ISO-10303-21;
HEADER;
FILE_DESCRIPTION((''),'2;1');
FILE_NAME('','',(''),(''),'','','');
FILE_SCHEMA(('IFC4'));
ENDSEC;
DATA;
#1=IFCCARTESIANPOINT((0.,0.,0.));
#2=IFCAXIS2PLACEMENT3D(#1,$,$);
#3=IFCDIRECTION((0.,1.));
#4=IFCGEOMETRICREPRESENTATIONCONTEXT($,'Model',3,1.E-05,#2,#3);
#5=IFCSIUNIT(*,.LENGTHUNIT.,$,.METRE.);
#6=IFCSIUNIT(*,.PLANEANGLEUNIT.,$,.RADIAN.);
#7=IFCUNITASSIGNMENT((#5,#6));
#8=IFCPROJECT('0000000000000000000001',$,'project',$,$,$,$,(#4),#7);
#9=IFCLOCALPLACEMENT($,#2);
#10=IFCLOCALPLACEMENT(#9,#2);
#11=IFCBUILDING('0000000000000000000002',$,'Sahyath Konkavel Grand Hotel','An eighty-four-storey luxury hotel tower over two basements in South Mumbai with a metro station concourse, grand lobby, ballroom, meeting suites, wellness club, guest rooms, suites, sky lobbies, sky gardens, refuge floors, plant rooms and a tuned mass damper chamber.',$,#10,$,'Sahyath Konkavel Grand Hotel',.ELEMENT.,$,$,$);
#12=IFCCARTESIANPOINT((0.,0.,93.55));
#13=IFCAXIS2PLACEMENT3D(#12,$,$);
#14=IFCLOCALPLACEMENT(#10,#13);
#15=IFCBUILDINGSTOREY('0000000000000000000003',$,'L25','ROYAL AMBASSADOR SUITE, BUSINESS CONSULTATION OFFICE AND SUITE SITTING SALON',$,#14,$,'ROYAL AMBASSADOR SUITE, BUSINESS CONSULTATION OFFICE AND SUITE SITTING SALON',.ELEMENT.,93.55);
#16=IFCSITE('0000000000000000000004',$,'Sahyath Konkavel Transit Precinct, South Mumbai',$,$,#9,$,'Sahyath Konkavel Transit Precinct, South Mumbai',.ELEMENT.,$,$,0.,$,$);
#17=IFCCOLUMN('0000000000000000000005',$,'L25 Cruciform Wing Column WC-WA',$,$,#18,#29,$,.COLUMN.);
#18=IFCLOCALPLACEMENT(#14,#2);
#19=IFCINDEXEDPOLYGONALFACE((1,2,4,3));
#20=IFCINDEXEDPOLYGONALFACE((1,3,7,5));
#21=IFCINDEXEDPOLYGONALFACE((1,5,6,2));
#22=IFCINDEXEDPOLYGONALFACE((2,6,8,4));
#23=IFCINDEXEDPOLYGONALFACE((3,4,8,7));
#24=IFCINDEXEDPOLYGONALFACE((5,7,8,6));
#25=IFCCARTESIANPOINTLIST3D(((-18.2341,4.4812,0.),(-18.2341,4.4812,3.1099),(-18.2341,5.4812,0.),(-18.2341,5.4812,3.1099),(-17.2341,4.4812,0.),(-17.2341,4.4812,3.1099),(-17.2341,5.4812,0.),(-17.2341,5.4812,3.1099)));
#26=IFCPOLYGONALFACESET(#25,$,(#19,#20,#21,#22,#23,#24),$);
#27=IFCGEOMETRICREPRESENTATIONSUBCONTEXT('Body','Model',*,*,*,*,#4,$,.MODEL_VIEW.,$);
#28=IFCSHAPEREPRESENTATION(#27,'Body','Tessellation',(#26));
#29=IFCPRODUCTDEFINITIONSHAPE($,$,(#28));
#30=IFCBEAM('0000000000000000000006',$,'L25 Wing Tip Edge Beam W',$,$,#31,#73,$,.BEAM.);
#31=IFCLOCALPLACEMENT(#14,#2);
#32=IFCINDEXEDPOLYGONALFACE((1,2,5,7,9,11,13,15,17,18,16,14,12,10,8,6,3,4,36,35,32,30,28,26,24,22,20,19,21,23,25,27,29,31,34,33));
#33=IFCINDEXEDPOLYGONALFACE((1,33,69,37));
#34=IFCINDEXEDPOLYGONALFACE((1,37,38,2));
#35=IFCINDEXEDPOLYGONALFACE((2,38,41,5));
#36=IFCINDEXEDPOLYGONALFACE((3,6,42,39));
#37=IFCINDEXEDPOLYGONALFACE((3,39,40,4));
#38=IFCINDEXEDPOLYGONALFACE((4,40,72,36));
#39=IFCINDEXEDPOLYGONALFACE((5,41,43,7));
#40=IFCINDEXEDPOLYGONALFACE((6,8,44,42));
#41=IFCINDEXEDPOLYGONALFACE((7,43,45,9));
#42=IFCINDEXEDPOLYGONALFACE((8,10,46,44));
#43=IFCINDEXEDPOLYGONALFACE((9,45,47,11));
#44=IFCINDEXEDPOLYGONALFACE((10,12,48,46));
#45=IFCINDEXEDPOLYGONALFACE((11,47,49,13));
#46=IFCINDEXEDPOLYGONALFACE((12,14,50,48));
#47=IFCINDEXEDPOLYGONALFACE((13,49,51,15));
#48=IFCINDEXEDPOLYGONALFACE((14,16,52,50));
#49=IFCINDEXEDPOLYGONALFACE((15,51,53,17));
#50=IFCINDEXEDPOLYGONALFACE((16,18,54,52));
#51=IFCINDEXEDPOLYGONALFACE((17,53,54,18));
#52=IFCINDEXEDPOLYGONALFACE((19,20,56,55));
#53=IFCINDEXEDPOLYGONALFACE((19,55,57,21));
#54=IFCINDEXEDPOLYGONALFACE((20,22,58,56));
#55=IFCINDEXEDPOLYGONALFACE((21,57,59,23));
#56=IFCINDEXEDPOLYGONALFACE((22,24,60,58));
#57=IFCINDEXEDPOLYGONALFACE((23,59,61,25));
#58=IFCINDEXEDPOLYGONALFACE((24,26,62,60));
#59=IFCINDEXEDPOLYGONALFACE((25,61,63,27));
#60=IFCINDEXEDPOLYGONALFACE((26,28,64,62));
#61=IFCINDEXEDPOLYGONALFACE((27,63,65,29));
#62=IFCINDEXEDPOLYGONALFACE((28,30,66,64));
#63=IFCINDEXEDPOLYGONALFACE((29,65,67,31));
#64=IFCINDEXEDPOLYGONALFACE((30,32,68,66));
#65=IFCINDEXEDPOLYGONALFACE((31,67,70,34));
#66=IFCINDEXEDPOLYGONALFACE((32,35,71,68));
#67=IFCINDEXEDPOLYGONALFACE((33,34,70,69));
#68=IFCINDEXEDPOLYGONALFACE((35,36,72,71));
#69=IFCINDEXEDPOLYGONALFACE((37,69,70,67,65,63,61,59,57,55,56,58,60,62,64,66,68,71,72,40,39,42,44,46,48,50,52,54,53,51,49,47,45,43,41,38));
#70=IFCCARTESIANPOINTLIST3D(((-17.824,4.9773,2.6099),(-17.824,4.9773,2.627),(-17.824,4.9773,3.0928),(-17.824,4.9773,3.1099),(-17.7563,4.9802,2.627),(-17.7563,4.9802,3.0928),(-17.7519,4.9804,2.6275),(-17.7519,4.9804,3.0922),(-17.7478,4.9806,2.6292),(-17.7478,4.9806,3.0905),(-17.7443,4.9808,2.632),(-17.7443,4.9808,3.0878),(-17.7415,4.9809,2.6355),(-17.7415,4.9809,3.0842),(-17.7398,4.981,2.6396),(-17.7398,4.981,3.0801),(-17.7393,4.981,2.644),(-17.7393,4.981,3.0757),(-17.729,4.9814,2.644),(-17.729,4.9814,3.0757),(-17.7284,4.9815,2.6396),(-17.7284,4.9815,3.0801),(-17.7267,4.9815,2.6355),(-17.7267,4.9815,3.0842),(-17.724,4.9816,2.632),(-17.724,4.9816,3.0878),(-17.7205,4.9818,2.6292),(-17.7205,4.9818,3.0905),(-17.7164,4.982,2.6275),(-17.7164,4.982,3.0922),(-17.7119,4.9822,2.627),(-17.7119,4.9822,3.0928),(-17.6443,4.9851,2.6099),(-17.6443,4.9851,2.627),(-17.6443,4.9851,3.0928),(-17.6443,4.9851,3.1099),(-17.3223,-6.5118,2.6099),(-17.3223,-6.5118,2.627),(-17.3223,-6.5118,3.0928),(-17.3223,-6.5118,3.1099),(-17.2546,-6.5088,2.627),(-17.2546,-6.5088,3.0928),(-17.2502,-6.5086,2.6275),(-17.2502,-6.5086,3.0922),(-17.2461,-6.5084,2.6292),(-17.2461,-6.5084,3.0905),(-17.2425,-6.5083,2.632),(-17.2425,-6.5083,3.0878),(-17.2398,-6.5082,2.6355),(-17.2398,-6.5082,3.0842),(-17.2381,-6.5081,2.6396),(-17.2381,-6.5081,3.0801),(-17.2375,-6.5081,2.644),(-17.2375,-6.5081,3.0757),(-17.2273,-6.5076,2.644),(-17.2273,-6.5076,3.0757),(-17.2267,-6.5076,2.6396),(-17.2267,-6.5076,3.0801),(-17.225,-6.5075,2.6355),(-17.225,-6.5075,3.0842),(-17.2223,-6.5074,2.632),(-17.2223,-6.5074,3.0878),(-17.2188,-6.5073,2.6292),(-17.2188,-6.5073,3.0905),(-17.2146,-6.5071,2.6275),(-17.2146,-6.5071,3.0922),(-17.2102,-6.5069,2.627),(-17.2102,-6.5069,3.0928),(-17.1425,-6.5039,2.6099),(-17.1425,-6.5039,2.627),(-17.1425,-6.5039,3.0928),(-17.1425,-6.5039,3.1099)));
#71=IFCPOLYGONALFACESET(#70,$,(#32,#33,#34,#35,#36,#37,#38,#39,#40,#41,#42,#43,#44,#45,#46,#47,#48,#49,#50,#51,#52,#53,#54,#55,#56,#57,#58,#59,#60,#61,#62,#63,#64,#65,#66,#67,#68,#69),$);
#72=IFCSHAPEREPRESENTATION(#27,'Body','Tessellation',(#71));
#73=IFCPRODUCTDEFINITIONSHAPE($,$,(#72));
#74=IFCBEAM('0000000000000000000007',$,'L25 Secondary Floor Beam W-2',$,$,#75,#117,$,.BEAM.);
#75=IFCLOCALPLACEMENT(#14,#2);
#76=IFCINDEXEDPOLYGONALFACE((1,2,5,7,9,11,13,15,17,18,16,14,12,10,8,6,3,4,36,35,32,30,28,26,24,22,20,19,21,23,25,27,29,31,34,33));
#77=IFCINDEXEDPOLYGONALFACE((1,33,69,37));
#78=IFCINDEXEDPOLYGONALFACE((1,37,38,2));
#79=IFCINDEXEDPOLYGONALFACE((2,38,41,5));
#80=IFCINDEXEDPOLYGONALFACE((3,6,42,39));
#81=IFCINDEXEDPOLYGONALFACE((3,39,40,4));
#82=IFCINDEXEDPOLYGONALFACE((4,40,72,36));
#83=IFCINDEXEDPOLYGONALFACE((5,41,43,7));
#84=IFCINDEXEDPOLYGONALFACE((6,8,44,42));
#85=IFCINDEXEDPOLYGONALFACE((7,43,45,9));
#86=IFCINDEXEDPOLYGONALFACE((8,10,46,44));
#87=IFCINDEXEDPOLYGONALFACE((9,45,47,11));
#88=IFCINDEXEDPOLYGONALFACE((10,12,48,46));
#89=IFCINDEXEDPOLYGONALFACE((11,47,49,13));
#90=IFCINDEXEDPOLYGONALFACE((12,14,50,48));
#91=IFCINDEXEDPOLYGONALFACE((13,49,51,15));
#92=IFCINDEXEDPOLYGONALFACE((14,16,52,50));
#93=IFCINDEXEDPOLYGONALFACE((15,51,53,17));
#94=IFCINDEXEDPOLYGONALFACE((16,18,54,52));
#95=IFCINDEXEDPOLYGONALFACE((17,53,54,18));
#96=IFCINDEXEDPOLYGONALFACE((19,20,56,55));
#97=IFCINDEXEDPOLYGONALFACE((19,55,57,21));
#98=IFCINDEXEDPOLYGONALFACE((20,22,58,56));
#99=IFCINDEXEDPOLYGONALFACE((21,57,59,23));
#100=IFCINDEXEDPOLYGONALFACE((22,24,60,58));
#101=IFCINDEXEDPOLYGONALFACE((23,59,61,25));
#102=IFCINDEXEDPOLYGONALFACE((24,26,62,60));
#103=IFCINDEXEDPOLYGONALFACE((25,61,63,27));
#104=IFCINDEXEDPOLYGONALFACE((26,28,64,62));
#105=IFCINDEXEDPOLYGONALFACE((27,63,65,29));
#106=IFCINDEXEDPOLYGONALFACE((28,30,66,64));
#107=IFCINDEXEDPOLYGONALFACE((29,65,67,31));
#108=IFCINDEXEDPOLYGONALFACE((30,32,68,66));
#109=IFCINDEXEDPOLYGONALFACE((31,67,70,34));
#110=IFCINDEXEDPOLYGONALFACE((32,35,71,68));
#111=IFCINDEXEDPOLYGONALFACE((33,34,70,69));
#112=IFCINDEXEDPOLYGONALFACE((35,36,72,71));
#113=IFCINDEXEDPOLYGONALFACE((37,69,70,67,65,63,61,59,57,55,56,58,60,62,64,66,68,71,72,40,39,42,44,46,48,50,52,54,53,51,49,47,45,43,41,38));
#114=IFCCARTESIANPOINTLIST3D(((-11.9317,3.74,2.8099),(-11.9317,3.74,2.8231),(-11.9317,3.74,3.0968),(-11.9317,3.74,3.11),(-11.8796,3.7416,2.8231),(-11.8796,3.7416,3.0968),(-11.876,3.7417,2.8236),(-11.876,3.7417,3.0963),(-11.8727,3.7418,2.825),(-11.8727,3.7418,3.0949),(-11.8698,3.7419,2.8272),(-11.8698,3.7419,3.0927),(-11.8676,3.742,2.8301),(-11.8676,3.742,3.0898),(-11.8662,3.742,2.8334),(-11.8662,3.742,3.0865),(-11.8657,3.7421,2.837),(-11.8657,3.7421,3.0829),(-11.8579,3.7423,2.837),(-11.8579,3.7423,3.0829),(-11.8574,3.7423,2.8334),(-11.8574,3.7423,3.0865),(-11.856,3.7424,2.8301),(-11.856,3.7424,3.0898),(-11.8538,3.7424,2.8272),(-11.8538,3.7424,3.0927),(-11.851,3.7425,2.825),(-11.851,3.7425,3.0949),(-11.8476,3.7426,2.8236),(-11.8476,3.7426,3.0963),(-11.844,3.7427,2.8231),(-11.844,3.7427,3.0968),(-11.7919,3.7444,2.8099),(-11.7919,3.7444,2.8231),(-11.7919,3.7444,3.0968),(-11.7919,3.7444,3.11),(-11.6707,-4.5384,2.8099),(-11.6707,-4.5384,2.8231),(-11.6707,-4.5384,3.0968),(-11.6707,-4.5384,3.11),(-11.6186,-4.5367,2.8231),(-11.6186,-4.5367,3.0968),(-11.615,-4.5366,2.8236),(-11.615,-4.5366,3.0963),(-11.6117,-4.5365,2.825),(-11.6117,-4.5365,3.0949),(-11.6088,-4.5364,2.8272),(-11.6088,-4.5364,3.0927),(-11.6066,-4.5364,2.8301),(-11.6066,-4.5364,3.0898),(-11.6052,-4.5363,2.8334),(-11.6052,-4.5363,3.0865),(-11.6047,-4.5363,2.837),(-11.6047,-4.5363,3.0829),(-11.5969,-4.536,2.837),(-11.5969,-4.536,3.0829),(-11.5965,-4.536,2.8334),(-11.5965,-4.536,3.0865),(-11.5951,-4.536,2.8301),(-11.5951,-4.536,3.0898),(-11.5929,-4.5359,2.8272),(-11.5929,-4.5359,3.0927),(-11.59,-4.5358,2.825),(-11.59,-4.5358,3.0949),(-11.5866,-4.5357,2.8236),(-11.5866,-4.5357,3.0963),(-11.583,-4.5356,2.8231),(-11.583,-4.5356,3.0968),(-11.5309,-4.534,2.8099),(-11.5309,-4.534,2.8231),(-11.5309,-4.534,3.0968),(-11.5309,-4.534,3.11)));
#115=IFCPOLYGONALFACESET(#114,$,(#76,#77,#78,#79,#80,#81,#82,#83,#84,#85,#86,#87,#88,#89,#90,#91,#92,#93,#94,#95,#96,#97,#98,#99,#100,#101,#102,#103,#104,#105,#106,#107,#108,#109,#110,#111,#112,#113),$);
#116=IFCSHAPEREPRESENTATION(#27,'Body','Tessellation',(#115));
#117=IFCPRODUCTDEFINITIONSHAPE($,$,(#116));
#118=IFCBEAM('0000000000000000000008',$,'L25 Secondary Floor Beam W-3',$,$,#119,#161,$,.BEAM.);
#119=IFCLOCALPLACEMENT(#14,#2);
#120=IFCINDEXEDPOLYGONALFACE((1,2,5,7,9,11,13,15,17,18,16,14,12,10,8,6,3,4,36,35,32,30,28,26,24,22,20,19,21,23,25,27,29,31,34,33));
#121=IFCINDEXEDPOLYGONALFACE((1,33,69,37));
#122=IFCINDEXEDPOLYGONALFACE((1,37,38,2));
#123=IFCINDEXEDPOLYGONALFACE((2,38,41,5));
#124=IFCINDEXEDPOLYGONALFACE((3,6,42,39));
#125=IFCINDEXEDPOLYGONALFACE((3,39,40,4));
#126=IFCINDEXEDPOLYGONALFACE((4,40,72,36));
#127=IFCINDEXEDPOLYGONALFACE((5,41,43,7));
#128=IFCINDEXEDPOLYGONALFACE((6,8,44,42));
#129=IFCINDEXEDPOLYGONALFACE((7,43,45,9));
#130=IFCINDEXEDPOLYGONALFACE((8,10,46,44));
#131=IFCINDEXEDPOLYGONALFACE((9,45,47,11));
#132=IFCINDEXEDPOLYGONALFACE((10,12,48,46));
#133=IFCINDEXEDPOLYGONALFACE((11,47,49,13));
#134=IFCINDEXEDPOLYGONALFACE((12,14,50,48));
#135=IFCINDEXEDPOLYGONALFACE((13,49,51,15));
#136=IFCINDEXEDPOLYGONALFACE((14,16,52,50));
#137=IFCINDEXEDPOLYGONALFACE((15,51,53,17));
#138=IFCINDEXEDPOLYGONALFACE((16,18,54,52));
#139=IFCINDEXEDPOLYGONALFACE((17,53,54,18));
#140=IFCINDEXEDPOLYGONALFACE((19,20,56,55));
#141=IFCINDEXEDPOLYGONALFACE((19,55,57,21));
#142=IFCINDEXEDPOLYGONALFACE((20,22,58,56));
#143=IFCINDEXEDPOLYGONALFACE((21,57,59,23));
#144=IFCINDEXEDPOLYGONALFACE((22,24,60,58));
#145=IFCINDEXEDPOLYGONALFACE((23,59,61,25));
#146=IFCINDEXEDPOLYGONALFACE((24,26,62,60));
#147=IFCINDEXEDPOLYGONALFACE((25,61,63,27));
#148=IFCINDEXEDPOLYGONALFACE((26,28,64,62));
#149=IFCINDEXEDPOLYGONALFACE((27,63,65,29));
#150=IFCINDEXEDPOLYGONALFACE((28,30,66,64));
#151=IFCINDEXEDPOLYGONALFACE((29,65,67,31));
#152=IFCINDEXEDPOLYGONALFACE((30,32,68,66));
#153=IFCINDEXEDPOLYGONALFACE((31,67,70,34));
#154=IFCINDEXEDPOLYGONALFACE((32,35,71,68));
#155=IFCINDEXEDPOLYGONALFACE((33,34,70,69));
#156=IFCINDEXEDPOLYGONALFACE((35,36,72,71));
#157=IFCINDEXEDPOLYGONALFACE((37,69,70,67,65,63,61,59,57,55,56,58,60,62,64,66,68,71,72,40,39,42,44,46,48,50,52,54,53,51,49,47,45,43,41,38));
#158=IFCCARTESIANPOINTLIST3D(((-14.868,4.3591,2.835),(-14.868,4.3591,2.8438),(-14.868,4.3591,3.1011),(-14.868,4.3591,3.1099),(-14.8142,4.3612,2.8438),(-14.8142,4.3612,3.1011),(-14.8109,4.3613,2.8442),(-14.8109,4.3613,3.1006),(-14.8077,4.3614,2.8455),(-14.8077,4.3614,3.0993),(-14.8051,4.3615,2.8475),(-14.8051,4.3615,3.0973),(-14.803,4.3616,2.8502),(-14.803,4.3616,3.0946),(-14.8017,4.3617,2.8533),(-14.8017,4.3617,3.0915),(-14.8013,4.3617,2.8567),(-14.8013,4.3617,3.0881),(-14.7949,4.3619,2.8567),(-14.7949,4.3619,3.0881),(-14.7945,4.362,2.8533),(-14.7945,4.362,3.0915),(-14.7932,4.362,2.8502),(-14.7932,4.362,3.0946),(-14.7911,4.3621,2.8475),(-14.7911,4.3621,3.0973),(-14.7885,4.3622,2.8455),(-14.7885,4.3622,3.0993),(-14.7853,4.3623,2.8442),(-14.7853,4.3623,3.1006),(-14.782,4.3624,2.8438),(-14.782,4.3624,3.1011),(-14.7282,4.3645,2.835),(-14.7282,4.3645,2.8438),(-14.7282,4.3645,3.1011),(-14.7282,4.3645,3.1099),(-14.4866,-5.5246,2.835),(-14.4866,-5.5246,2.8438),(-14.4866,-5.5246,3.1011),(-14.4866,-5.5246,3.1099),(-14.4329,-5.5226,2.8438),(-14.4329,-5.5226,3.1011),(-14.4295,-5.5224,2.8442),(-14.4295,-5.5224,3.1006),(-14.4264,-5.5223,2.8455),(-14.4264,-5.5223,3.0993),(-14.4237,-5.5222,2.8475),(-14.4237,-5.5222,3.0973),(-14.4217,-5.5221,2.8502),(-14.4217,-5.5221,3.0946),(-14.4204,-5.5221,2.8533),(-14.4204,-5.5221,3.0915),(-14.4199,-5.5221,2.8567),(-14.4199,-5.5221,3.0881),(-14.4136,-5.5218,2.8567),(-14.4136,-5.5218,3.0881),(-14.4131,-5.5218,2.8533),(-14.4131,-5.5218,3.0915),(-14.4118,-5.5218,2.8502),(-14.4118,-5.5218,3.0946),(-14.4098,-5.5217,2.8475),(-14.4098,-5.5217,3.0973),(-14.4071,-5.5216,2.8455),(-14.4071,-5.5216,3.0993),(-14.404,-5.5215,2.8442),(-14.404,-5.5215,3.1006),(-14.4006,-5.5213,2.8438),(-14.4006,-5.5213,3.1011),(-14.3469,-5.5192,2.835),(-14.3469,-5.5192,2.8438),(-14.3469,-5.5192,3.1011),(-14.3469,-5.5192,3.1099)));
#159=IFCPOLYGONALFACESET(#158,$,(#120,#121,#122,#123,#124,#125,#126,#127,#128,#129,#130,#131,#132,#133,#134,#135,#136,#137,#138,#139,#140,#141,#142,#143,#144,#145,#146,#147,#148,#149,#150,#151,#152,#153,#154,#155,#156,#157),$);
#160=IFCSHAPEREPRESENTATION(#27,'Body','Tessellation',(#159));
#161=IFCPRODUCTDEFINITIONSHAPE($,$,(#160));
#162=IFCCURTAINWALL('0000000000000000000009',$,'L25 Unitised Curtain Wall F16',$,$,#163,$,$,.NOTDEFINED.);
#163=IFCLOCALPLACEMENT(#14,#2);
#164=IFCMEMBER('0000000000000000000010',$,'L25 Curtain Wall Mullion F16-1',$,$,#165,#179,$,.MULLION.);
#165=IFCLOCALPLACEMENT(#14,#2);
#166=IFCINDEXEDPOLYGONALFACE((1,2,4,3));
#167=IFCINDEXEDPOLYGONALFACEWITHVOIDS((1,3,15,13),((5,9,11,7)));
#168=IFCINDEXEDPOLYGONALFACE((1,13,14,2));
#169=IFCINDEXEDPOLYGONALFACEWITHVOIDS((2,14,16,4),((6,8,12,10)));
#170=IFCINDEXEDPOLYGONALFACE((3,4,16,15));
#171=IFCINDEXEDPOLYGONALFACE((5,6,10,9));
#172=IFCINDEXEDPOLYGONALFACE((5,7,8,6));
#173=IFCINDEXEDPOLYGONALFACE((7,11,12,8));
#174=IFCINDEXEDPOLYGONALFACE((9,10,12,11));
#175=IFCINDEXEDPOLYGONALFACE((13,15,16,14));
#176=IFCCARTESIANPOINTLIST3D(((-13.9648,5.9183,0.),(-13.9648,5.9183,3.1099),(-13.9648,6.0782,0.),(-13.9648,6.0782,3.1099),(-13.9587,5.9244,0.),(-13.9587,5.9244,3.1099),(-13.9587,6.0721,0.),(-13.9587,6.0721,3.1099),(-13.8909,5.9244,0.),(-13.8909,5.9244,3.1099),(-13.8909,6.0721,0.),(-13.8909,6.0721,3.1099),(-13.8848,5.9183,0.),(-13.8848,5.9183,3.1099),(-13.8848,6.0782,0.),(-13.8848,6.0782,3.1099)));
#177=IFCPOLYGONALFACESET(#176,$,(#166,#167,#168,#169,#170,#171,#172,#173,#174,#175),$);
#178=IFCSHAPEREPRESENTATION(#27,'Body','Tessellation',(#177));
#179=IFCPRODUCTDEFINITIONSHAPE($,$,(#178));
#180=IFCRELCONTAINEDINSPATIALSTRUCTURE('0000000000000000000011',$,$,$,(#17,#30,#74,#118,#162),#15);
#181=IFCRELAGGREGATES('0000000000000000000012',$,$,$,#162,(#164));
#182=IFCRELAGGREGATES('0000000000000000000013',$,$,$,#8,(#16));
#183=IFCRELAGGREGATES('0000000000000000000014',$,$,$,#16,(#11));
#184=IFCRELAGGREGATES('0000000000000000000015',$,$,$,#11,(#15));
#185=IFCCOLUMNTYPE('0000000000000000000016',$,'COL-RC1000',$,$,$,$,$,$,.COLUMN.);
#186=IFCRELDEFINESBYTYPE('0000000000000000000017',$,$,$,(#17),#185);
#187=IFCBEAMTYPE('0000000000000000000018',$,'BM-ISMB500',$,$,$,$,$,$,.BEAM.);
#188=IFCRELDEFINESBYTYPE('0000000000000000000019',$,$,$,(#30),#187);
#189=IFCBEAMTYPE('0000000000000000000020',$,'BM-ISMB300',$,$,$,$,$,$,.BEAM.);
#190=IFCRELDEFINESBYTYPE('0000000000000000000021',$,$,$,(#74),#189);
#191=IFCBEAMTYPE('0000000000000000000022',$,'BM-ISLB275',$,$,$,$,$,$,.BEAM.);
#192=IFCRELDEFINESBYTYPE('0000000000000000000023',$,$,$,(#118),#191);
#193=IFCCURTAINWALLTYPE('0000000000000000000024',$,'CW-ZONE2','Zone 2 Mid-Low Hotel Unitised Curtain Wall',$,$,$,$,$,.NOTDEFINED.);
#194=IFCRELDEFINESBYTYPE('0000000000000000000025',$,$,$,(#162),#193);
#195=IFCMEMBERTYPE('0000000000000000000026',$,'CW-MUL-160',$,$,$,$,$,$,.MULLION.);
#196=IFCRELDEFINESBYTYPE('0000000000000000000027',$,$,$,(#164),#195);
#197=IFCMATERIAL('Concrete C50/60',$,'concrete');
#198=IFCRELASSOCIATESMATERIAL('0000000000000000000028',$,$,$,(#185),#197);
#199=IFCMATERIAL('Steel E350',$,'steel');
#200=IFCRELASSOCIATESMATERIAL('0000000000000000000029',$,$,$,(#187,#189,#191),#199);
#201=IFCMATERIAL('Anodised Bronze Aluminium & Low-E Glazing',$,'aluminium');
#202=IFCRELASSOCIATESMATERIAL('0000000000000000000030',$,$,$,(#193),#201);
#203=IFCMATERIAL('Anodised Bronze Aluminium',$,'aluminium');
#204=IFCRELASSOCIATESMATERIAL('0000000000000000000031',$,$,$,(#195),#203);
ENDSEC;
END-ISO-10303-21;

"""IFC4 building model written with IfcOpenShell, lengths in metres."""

from ifc_helpers import new_model, si_unit, direction, frame, origin, origin_2d, place, context, subcontext, project, spatial, rectangle, hollow_rectangle, i_section, extrude, source, transform, mapped, material, material_profile, profile_set, type_object, element, aggregate, save


model = new_model("IFC4")

# Units and contexts
model_context = context("Model", 3, precision=1e-05, world=origin(), true_north=direction((0.0, 1.0)))
body_context = subcontext(model_context, "Body", "Model", "MODEL_VIEW")
ifc_project = project(units=[si_unit("LENGTHUNIT", "METRE"), si_unit("PLANEANGLEUNIT", "RADIAN")], contexts=[model_context])

# Site, building, storey
site_placement = place(None, origin())
site = spatial("IfcSite", under=ifc_project, at=site_placement, Name="Sahyath Konkavel Transit Precinct, South Mumbai", LongName="Sahyath Konkavel Transit Precinct, South Mumbai", CompositionType="ELEMENT", RefElevation=0.0)
building_placement = place(site_placement, origin())
building = spatial("IfcBuilding", under=site, at=building_placement, Name="Sahyath Konkavel Grand Hotel", Description="An eighty-four-storey luxury hotel tower over two basements in South Mumbai with a metro station concourse, grand lobby, ballroom, meeting suites, wellness club, guest rooms, suites, sky lobbies, sky gardens, refuge floors, plant rooms and a tuned mass damper chamber.", LongName="Sahyath Konkavel Grand Hotel", CompositionType="ELEMENT")
storey_placement = place(building_placement, frame((0.0, 0.0, 93.55)))
storey = spatial("IfcBuildingStorey", under=building, at=storey_placement, Name="L25", Description="ROYAL AMBASSADOR SUITE, BUSINESS CONSULTATION OFFICE AND SUITE SITTING SALON", LongName="ROYAL AMBASSADOR SUITE, BUSINESS CONSULTATION OFFICE AND SUITE SITTING SALON", CompositionType="ELEMENT", Elevation=93.55)

# Column
ifc_material_1 = material(Name="Concrete C50/60", Category="concrete")
ifc_material_profile_1 = material_profile(ifc_material_1, rectangle(XDim=1.0, YDim=1.0, at=origin_2d()), Name="RC 1000x1000")
ifc_profile_set_1 = profile_set([ifc_material_profile_1], Name="Concrete C50/60")
column_type = type_object("IfcColumnType", Name="COL-RC1000", PredefinedType="COLUMN", material=ifc_profile_set_1)
shared_shape_1 = source(origin(), body_context, "Body", "SweptSolid", [
    extrude(rectangle(XDim=1.0, YDim=1.0, at=origin_2d()), origin(), (0.0, 0.0, 1.0), 3.1099),
])
column_placement = place(storey_placement, frame((-17.7341, 4.9812, 0.0), z_axis=(0.0, 0.0, 1.0), x_axis=(1.0, 0.0, 0.0)))
element("IfcColumn", 1, at=column_placement, inside=storey, type_object=column_type, Name="L25 Cruciform Wing Column WC-WA", PredefinedType="COLUMN", context=body_context, shape_type="MappedRepresentation", body=[
    mapped(shared_shape_1, transform((0.0, 0.0, 0.0), scale=1.0)),
])

# Beams
ifc_material_2 = material(Name="Steel E350", Category="steel")
ifc_material_profile_2 = material_profile(ifc_material_2, i_section(OverallWidth=0.1799, OverallDepth=0.5, WebThickness=0.0103, FlangeThickness=0.0171, FilletRadius=0.0171, at=origin_2d()), Name="ISMB 500")
ifc_profile_set_2 = profile_set([ifc_material_profile_2], Name="Steel E350")
beam_type_1 = type_object("IfcBeamType", Name="BM-ISMB500", PredefinedType="BEAM", material=ifc_profile_set_2)
shared_shape_2 = source(origin(), body_context, "Body", "SweptSolid", [
    extrude(i_section(OverallWidth=0.1799, OverallDepth=0.5, WebThickness=0.0103, FlangeThickness=0.0171, FilletRadius=0.0171, at=origin_2d()), origin(), (0.0, 0.0, 1.0), 11.5),
])
beam_1_placement = place(storey_placement, frame((-17.7341, 4.9812, 2.8599), z_axis=(0.043627, -0.999048, 0.0), x_axis=(0.999048, 0.043627, 0.0)))
element("IfcBeam", 2, at=beam_1_placement, inside=storey, type_object=beam_type_1, Name="L25 Wing Tip Edge Beam W", PredefinedType="BEAM", context=body_context, shape_type="MappedRepresentation", body=[
    mapped(shared_shape_2, transform((0.0, 0.0, 0.0), scale=1.0)),
])
ifc_material_profile_3 = material_profile(ifc_material_2, i_section(OverallWidth=0.1399, OverallDepth=0.3, WebThickness=0.0078, FlangeThickness=0.0132, FilletRadius=0.0139, at=origin_2d()), Name="ISMB 300")
ifc_profile_set_3 = profile_set([ifc_material_profile_3], Name="Steel E350")
beam_type_2 = type_object("IfcBeamType", Name="BM-ISMB300", PredefinedType="BEAM", material=ifc_profile_set_3)
shared_shape_3 = source(origin(), body_context, "Body", "SweptSolid", [
    extrude(i_section(OverallWidth=0.1399, OverallDepth=0.3, WebThickness=0.0078, FlangeThickness=0.0132, FilletRadius=0.0139, at=origin_2d()), origin(), (0.0, 0.0, 1.0), 8.2825),
])
beam_2_placement = place(storey_placement, frame((-11.8618, 3.7422, 2.96), z_axis=(0.031511, -0.999503, 0.0), x_axis=(0.999503, 0.031511, 0.0)))
element("IfcBeam", 3, at=beam_2_placement, inside=storey, type_object=beam_type_2, Name="L25 Secondary Floor Beam W-2", PredefinedType="BEAM", context=body_context, shape_type="MappedRepresentation", body=[
    mapped(shared_shape_3, transform((0.0, 0.0, 0.0), scale=1.0)),
])
ifc_material_profile_4 = material_profile(ifc_material_2, i_section(OverallWidth=0.1399, OverallDepth=0.2749, WebThickness=0.0063, FlangeThickness=0.0088, FilletRadius=0.0129, at=origin_2d()), Name="ISLB 275")
ifc_profile_set_4 = profile_set([ifc_material_profile_4], Name="Steel E350")
beam_type_3 = type_object("IfcBeamType", Name="BM-ISLB275", PredefinedType="BEAM", material=ifc_profile_set_4)
shared_shape_4 = source(origin(), body_context, "Body", "SweptSolid", [
    extrude(i_section(OverallWidth=0.1399, OverallDepth=0.2749, WebThickness=0.0063, FlangeThickness=0.0088, FilletRadius=0.0129, at=origin_2d()), origin(), (0.0, 0.0, 1.0), 9.8911),
])
beam_3_placement = place(storey_placement, frame((-14.7981, 4.3618, 2.9724), z_axis=(0.038554, -0.999257, 0.0), x_axis=(0.999257, 0.038554, 0.0)))
element("IfcBeam", 4, at=beam_3_placement, inside=storey, type_object=beam_type_3, Name="L25 Secondary Floor Beam W-3", PredefinedType="BEAM", context=body_context, shape_type="MappedRepresentation", body=[
    mapped(shared_shape_4, transform((0.0, 0.0, 0.0), scale=1.0)),
])

# Curtain wall, member
ifc_material_3 = material(Name="Anodised Bronze Aluminium & Low-E Glazing", Category="aluminium")
curtain_wall_type = type_object("IfcCurtainWallType", Name="CW-ZONE2", Description="Zone 2 Mid-Low Hotel Unitised Curtain Wall", PredefinedType="NOTDEFINED", material=ifc_material_3)
curtain_wall_1_placement = place(storey_placement, origin())
curtain_wall_1 = element("IfcCurtainWall", 5, at=curtain_wall_1_placement, inside=storey, type_object=curtain_wall_type, Name="L25 Unitised Curtain Wall F16", PredefinedType="NOTDEFINED")
ifc_material_4 = material(Name="Anodised Bronze Aluminium", Category="aluminium")
ifc_material_profile_5 = material_profile(ifc_material_4, hollow_rectangle(XDim=0.0801, YDim=0.1599, WallThickness=0.0061, at=origin_2d()), Name="RHS 160x80x6")
ifc_profile_set_5 = profile_set([ifc_material_profile_5], Name="Anodised Bronze Aluminium")
member_type_1 = type_object("IfcMemberType", Name="CW-MUL-160", PredefinedType="MULLION", material=ifc_profile_set_5)
shared_shape_5 = source(origin(), body_context, "Body", "SweptSolid", [
    extrude(hollow_rectangle(XDim=0.0801, YDim=0.1599, WallThickness=0.0061, at=origin_2d()), origin(), (0.0, 0.0, 1.0), 3.1099),
])
member_1_placement = place(storey_placement, frame((-13.9248, 5.9983, 0.0), z_axis=(0.0, 0.0, 1.0), x_axis=(1.0, 0.0, 0.0)))
member_1 = element("IfcMember", 6, at=member_1_placement, type_object=member_type_1, Name="L25 Curtain Wall Mullion F16-1", PredefinedType="MULLION", context=body_context, shape_type="MappedRepresentation", body=[
    mapped(shared_shape_5, transform((0.0, 0.0, 0.0), scale=1.0)),
])

aggregate(curtain_wall_1, [member_1])

save(model, "model.ifc")
